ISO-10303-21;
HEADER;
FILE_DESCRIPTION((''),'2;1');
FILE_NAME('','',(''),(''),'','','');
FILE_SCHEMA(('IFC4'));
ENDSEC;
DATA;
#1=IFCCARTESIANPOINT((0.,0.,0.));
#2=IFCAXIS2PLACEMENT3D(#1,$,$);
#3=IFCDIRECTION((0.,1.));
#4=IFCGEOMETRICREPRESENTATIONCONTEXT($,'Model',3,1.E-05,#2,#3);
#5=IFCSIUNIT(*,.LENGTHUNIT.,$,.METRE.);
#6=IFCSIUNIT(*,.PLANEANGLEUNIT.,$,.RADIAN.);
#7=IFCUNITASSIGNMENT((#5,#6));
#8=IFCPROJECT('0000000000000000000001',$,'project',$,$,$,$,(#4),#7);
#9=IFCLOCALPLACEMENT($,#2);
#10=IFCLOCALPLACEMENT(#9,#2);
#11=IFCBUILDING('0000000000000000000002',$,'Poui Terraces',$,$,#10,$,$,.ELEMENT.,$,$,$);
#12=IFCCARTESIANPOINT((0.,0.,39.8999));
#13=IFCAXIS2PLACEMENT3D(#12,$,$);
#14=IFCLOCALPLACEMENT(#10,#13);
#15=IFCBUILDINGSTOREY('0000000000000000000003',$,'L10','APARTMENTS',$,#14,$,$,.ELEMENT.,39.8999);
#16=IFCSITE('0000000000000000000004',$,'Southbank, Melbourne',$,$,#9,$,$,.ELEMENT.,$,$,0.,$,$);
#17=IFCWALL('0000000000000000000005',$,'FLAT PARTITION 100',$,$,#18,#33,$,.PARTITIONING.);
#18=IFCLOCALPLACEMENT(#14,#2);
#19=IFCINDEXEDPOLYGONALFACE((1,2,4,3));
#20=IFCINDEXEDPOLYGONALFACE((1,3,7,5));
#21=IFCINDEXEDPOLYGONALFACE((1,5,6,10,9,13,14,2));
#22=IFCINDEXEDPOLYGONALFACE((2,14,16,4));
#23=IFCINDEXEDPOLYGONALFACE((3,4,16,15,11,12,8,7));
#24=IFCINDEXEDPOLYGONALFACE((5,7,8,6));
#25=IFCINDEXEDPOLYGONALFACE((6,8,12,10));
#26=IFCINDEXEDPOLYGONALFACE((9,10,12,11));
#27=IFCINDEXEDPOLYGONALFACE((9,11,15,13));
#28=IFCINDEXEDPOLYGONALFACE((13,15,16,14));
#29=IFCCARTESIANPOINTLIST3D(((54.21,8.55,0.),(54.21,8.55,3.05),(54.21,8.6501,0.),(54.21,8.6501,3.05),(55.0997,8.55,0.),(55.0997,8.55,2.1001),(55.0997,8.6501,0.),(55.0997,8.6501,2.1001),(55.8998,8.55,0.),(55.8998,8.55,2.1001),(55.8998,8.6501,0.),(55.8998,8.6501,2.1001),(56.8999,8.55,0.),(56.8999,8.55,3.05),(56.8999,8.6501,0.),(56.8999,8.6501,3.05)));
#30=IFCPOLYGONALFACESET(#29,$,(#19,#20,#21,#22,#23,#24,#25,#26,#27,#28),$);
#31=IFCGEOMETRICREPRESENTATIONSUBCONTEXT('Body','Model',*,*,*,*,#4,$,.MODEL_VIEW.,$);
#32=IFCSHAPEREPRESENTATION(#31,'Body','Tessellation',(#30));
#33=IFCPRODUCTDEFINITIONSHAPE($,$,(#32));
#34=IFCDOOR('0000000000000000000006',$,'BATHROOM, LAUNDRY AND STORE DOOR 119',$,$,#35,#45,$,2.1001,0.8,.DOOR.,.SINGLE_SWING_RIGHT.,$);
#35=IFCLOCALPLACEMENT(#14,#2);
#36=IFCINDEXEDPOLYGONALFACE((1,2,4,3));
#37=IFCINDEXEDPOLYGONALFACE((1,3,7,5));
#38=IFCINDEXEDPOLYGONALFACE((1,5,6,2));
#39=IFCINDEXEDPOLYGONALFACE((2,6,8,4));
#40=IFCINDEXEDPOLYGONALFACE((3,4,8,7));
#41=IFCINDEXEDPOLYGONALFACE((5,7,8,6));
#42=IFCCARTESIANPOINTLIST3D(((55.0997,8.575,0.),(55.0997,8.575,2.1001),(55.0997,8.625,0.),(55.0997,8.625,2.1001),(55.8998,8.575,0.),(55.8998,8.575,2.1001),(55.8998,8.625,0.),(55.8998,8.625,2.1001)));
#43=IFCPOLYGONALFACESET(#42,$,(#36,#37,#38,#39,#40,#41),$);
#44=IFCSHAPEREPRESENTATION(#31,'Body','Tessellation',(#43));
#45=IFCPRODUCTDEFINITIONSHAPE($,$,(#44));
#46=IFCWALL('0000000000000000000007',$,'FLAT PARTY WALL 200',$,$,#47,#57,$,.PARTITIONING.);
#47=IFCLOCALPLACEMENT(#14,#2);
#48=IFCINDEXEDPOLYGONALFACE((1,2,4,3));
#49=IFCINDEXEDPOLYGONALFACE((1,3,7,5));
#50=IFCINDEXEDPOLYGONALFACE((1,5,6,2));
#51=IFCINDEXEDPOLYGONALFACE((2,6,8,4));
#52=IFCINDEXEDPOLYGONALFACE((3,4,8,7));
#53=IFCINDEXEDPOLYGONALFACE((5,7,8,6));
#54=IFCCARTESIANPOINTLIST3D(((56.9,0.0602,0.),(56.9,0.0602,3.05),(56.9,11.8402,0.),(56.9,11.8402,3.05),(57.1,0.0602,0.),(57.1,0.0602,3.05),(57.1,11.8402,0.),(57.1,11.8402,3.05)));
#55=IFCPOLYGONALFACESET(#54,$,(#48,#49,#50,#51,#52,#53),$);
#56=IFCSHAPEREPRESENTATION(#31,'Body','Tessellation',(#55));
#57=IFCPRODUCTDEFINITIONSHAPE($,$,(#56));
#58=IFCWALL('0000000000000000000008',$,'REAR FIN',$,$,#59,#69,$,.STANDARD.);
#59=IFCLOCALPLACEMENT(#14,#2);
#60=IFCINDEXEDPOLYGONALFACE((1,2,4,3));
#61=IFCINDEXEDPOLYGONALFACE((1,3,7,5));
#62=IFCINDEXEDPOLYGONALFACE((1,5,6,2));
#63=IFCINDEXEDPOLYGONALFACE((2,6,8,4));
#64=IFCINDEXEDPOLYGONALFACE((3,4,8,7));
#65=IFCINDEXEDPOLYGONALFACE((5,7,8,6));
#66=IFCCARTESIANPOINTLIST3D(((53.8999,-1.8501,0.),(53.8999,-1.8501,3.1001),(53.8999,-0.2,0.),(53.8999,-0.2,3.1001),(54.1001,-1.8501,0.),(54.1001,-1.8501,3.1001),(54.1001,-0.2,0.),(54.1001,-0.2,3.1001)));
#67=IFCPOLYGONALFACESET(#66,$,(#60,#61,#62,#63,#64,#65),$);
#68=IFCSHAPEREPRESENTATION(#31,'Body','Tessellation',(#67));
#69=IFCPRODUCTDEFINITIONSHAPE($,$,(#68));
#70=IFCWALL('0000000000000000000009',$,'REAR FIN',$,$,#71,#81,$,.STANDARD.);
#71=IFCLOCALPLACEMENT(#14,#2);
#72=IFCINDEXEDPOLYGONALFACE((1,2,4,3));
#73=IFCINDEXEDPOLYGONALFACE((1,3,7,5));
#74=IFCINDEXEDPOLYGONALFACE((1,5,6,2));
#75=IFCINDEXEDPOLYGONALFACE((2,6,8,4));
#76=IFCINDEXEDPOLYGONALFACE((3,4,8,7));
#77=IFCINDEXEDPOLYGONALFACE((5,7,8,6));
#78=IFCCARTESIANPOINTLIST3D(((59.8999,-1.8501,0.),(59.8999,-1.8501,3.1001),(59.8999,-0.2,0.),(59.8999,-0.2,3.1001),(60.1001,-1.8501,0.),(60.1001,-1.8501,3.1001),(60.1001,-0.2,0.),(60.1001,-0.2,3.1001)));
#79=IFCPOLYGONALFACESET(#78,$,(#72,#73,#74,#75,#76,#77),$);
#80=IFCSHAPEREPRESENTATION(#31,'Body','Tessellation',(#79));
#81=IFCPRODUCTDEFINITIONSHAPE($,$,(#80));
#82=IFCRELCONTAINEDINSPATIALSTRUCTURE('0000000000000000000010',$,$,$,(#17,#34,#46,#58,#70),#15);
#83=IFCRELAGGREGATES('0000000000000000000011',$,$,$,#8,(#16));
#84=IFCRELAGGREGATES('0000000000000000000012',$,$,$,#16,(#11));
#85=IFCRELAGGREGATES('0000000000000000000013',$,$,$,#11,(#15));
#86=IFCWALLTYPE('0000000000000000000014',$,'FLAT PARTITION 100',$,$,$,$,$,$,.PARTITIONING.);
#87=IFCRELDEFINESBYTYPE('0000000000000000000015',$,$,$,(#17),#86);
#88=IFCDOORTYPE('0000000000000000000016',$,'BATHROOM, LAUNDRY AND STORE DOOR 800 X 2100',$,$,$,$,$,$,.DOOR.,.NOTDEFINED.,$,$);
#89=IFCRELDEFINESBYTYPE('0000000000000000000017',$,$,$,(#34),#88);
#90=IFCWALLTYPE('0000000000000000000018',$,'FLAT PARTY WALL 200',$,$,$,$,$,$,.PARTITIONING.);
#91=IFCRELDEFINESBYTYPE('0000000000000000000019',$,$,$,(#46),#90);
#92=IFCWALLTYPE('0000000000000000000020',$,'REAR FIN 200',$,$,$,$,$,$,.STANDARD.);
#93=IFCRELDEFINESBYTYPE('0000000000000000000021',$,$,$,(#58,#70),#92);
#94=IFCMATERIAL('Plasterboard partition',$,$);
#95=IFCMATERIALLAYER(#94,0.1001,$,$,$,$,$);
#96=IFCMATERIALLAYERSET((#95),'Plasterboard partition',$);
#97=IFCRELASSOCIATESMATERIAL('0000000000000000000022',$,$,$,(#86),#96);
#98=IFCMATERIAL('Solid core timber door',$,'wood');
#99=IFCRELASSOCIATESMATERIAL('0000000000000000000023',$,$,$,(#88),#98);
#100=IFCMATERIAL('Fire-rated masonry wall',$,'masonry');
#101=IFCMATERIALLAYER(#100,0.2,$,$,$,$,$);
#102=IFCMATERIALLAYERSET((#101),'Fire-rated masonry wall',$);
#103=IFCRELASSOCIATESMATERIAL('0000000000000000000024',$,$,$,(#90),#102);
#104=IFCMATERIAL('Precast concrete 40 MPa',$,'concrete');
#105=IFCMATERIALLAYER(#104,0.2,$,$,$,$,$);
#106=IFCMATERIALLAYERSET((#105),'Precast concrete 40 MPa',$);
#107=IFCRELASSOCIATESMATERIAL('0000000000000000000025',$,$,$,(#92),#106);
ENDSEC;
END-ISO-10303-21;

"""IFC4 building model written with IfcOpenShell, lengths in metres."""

from ifc_helpers import new_model, si_unit, direction, frame, frame_2d, origin, place, context, subcontext, project, spatial, polyline, rectangle, outline, extrude, source, transform, mapped, material, layer, layer_set, type_object, element, fill, save


model = new_model("IFC4")

# Units and contexts
model_context = context("Model", 3, precision=1e-05, world=origin(), true_north=direction((0.0, 1.0)))
body_context = subcontext(model_context, "Body", "Model", "MODEL_VIEW")
ifc_project = project(units=[si_unit("LENGTHUNIT", "METRE"), si_unit("PLANEANGLEUNIT", "RADIAN")], contexts=[model_context])

# Site, building, storey
site_placement = place(None, origin())
site = spatial("IfcSite", under=ifc_project, at=site_placement, Name="Southbank, Melbourne", CompositionType="ELEMENT", RefElevation=0.0)
building_placement = place(site_placement, origin())
building = spatial("IfcBuilding", under=site, at=building_placement, Name="Poui Terraces", CompositionType="ELEMENT")
storey_placement = place(building_placement, frame((0.0, 0.0, 39.8999)))
storey = spatial("IfcBuildingStorey", under=building, at=storey_placement, Name="L10", Description="APARTMENTS", CompositionType="ELEMENT", Elevation=39.8999)

# Shared definitions
ifc_material_1 = material(Name="Precast concrete 40 MPa", Category="concrete")

# Wall, opening, door
ifc_material_2 = material(Name="Solid core timber door", Category="wood")
ifc_material_3 = material(Name="Plasterboard partition")
ifc_layer_1 = layer(ifc_material_3, 0.1001)
ifc_layer_set_1 = layer_set([ifc_layer_1], Name="Plasterboard partition")
wall_type_1 = type_object("IfcWallType", Name="FLAT PARTITION 100", PredefinedType="PARTITIONING", material=ifc_layer_set_1)
door_type_1 = type_object("IfcDoorType", Name="BATHROOM, LAUNDRY AND STORE DOOR 800 X 2100", OperationType="NOTDEFINED", PredefinedType="DOOR", material=ifc_material_2)
wall_1_placement = place(storey_placement, frame((54.21, 8.6001, 0.0), z_axis=(0.0, 0.0, 1.0), x_axis=(1.0, 0.0, 0.0)))
wall_1 = element("IfcWall", 1, at=wall_1_placement, inside=storey, type_object=wall_type_1, Name="FLAT PARTITION 100", PredefinedType="PARTITIONING", context=body_context, shape_type="SweptSolid", body=[
    extrude(rectangle(XDim=2.6899, YDim=0.1001, at=frame_2d((1.345, 0.0))), origin(), (0.0, 0.0, 1.0), 3.05),
])
opening_1_placement = place(wall_1_placement, frame((0.8899, 0.0, 0.0)))
opening_1 = element("IfcOpeningElement", 2, at=opening_1_placement, cuts=wall_1, PredefinedType="OPENING", context=body_context, shape_type="SweptSolid", body=[
    extrude(rectangle(XDim=0.8, YDim=2.1001, at=frame_2d((0.3999, 1.05))), frame((0.0, 0.0601, 0.0), z_axis=(0.0, -1.0, 0.0), x_axis=(1.0, 0.0, 0.0)), (0.0, 0.0, 1.0), 0.1201),
])
door_1_placement = place(opening_1_placement, origin())
door_1 = element("IfcDoor", 3, at=door_1_placement, inside=storey, type_object=door_type_1, Name="BATHROOM, LAUNDRY AND STORE DOOR 119", OperationType="SINGLE_SWING_RIGHT", OverallHeight=2.1001, OverallWidth=0.8, PredefinedType="DOOR", context=body_context, shape_type="SweptSolid", body=[
    extrude(rectangle(XDim=0.8, YDim=2.1001, at=frame_2d((0.3999, 1.05))), frame((0.0, 0.0249, 0.0), z_axis=(0.0, -1.0, 0.0), x_axis=(1.0, 0.0, 0.0)), (0.0, 0.0, 1.0), 0.05),
])
fill(opening_1, door_1)

# Walls
ifc_material_4 = material(Name="Fire-rated masonry wall", Category="masonry")
ifc_layer_2 = layer(ifc_material_4, 0.2)
ifc_layer_set_2 = layer_set([ifc_layer_2], Name="Fire-rated masonry wall")
wall_type_2 = type_object("IfcWallType", Name="FLAT PARTY WALL 200", PredefinedType="PARTITIONING", material=ifc_layer_set_2)
wall_2_placement = place(storey_placement, frame((57.0, 0.0601, 0.0), z_axis=(0.0, 0.0, 1.0), x_axis=(0.0, 1.0, 0.0)))
element("IfcWall", 4, at=wall_2_placement, inside=storey, type_object=wall_type_2, Name="FLAT PARTY WALL 200", PredefinedType="PARTITIONING", context=body_context, shape_type="SweptSolid", body=[
    extrude(rectangle(XDim=11.78, YDim=0.2, at=frame_2d((5.8901, 0.0))), origin(), (0.0, 0.0, 1.0), 3.05),
])
ifc_layer_3 = layer(ifc_material_1, 0.2)
ifc_layer_set_3 = layer_set([ifc_layer_3], Name="Precast concrete 40 MPa")
wall_type_3 = type_object("IfcWallType", Name="REAR FIN 200", PredefinedType="STANDARD", material=ifc_layer_set_3)
shared_shape_1 = source(origin(), body_context, "Body", "SweptSolid", [
    extrude(outline(polyline([(0.0, 0.0), (0.2002, 0.0), (0.2002, 1.6501), (0.0, 1.6501), (0.0, 0.0)])), origin(), (0.0, 0.0, 1.0), 3.1001),
])
for number, where, name in (
    (5, (53.8999, -1.8501, 0.0), "REAR FIN"),
    (6, (59.8999, -1.8501, 0.0), "REAR FIN"),
):
    element("IfcWall", number, at=place(storey_placement, frame(where)), inside=storey, type_object=wall_type_3, Name=name, PredefinedType="STANDARD", context=body_context, shape_type="MappedRepresentation", body=[
        mapped(shared_shape_1, transform((0.0, 0.0, 0.0))),
    ])

save(model, "model.ifc")
